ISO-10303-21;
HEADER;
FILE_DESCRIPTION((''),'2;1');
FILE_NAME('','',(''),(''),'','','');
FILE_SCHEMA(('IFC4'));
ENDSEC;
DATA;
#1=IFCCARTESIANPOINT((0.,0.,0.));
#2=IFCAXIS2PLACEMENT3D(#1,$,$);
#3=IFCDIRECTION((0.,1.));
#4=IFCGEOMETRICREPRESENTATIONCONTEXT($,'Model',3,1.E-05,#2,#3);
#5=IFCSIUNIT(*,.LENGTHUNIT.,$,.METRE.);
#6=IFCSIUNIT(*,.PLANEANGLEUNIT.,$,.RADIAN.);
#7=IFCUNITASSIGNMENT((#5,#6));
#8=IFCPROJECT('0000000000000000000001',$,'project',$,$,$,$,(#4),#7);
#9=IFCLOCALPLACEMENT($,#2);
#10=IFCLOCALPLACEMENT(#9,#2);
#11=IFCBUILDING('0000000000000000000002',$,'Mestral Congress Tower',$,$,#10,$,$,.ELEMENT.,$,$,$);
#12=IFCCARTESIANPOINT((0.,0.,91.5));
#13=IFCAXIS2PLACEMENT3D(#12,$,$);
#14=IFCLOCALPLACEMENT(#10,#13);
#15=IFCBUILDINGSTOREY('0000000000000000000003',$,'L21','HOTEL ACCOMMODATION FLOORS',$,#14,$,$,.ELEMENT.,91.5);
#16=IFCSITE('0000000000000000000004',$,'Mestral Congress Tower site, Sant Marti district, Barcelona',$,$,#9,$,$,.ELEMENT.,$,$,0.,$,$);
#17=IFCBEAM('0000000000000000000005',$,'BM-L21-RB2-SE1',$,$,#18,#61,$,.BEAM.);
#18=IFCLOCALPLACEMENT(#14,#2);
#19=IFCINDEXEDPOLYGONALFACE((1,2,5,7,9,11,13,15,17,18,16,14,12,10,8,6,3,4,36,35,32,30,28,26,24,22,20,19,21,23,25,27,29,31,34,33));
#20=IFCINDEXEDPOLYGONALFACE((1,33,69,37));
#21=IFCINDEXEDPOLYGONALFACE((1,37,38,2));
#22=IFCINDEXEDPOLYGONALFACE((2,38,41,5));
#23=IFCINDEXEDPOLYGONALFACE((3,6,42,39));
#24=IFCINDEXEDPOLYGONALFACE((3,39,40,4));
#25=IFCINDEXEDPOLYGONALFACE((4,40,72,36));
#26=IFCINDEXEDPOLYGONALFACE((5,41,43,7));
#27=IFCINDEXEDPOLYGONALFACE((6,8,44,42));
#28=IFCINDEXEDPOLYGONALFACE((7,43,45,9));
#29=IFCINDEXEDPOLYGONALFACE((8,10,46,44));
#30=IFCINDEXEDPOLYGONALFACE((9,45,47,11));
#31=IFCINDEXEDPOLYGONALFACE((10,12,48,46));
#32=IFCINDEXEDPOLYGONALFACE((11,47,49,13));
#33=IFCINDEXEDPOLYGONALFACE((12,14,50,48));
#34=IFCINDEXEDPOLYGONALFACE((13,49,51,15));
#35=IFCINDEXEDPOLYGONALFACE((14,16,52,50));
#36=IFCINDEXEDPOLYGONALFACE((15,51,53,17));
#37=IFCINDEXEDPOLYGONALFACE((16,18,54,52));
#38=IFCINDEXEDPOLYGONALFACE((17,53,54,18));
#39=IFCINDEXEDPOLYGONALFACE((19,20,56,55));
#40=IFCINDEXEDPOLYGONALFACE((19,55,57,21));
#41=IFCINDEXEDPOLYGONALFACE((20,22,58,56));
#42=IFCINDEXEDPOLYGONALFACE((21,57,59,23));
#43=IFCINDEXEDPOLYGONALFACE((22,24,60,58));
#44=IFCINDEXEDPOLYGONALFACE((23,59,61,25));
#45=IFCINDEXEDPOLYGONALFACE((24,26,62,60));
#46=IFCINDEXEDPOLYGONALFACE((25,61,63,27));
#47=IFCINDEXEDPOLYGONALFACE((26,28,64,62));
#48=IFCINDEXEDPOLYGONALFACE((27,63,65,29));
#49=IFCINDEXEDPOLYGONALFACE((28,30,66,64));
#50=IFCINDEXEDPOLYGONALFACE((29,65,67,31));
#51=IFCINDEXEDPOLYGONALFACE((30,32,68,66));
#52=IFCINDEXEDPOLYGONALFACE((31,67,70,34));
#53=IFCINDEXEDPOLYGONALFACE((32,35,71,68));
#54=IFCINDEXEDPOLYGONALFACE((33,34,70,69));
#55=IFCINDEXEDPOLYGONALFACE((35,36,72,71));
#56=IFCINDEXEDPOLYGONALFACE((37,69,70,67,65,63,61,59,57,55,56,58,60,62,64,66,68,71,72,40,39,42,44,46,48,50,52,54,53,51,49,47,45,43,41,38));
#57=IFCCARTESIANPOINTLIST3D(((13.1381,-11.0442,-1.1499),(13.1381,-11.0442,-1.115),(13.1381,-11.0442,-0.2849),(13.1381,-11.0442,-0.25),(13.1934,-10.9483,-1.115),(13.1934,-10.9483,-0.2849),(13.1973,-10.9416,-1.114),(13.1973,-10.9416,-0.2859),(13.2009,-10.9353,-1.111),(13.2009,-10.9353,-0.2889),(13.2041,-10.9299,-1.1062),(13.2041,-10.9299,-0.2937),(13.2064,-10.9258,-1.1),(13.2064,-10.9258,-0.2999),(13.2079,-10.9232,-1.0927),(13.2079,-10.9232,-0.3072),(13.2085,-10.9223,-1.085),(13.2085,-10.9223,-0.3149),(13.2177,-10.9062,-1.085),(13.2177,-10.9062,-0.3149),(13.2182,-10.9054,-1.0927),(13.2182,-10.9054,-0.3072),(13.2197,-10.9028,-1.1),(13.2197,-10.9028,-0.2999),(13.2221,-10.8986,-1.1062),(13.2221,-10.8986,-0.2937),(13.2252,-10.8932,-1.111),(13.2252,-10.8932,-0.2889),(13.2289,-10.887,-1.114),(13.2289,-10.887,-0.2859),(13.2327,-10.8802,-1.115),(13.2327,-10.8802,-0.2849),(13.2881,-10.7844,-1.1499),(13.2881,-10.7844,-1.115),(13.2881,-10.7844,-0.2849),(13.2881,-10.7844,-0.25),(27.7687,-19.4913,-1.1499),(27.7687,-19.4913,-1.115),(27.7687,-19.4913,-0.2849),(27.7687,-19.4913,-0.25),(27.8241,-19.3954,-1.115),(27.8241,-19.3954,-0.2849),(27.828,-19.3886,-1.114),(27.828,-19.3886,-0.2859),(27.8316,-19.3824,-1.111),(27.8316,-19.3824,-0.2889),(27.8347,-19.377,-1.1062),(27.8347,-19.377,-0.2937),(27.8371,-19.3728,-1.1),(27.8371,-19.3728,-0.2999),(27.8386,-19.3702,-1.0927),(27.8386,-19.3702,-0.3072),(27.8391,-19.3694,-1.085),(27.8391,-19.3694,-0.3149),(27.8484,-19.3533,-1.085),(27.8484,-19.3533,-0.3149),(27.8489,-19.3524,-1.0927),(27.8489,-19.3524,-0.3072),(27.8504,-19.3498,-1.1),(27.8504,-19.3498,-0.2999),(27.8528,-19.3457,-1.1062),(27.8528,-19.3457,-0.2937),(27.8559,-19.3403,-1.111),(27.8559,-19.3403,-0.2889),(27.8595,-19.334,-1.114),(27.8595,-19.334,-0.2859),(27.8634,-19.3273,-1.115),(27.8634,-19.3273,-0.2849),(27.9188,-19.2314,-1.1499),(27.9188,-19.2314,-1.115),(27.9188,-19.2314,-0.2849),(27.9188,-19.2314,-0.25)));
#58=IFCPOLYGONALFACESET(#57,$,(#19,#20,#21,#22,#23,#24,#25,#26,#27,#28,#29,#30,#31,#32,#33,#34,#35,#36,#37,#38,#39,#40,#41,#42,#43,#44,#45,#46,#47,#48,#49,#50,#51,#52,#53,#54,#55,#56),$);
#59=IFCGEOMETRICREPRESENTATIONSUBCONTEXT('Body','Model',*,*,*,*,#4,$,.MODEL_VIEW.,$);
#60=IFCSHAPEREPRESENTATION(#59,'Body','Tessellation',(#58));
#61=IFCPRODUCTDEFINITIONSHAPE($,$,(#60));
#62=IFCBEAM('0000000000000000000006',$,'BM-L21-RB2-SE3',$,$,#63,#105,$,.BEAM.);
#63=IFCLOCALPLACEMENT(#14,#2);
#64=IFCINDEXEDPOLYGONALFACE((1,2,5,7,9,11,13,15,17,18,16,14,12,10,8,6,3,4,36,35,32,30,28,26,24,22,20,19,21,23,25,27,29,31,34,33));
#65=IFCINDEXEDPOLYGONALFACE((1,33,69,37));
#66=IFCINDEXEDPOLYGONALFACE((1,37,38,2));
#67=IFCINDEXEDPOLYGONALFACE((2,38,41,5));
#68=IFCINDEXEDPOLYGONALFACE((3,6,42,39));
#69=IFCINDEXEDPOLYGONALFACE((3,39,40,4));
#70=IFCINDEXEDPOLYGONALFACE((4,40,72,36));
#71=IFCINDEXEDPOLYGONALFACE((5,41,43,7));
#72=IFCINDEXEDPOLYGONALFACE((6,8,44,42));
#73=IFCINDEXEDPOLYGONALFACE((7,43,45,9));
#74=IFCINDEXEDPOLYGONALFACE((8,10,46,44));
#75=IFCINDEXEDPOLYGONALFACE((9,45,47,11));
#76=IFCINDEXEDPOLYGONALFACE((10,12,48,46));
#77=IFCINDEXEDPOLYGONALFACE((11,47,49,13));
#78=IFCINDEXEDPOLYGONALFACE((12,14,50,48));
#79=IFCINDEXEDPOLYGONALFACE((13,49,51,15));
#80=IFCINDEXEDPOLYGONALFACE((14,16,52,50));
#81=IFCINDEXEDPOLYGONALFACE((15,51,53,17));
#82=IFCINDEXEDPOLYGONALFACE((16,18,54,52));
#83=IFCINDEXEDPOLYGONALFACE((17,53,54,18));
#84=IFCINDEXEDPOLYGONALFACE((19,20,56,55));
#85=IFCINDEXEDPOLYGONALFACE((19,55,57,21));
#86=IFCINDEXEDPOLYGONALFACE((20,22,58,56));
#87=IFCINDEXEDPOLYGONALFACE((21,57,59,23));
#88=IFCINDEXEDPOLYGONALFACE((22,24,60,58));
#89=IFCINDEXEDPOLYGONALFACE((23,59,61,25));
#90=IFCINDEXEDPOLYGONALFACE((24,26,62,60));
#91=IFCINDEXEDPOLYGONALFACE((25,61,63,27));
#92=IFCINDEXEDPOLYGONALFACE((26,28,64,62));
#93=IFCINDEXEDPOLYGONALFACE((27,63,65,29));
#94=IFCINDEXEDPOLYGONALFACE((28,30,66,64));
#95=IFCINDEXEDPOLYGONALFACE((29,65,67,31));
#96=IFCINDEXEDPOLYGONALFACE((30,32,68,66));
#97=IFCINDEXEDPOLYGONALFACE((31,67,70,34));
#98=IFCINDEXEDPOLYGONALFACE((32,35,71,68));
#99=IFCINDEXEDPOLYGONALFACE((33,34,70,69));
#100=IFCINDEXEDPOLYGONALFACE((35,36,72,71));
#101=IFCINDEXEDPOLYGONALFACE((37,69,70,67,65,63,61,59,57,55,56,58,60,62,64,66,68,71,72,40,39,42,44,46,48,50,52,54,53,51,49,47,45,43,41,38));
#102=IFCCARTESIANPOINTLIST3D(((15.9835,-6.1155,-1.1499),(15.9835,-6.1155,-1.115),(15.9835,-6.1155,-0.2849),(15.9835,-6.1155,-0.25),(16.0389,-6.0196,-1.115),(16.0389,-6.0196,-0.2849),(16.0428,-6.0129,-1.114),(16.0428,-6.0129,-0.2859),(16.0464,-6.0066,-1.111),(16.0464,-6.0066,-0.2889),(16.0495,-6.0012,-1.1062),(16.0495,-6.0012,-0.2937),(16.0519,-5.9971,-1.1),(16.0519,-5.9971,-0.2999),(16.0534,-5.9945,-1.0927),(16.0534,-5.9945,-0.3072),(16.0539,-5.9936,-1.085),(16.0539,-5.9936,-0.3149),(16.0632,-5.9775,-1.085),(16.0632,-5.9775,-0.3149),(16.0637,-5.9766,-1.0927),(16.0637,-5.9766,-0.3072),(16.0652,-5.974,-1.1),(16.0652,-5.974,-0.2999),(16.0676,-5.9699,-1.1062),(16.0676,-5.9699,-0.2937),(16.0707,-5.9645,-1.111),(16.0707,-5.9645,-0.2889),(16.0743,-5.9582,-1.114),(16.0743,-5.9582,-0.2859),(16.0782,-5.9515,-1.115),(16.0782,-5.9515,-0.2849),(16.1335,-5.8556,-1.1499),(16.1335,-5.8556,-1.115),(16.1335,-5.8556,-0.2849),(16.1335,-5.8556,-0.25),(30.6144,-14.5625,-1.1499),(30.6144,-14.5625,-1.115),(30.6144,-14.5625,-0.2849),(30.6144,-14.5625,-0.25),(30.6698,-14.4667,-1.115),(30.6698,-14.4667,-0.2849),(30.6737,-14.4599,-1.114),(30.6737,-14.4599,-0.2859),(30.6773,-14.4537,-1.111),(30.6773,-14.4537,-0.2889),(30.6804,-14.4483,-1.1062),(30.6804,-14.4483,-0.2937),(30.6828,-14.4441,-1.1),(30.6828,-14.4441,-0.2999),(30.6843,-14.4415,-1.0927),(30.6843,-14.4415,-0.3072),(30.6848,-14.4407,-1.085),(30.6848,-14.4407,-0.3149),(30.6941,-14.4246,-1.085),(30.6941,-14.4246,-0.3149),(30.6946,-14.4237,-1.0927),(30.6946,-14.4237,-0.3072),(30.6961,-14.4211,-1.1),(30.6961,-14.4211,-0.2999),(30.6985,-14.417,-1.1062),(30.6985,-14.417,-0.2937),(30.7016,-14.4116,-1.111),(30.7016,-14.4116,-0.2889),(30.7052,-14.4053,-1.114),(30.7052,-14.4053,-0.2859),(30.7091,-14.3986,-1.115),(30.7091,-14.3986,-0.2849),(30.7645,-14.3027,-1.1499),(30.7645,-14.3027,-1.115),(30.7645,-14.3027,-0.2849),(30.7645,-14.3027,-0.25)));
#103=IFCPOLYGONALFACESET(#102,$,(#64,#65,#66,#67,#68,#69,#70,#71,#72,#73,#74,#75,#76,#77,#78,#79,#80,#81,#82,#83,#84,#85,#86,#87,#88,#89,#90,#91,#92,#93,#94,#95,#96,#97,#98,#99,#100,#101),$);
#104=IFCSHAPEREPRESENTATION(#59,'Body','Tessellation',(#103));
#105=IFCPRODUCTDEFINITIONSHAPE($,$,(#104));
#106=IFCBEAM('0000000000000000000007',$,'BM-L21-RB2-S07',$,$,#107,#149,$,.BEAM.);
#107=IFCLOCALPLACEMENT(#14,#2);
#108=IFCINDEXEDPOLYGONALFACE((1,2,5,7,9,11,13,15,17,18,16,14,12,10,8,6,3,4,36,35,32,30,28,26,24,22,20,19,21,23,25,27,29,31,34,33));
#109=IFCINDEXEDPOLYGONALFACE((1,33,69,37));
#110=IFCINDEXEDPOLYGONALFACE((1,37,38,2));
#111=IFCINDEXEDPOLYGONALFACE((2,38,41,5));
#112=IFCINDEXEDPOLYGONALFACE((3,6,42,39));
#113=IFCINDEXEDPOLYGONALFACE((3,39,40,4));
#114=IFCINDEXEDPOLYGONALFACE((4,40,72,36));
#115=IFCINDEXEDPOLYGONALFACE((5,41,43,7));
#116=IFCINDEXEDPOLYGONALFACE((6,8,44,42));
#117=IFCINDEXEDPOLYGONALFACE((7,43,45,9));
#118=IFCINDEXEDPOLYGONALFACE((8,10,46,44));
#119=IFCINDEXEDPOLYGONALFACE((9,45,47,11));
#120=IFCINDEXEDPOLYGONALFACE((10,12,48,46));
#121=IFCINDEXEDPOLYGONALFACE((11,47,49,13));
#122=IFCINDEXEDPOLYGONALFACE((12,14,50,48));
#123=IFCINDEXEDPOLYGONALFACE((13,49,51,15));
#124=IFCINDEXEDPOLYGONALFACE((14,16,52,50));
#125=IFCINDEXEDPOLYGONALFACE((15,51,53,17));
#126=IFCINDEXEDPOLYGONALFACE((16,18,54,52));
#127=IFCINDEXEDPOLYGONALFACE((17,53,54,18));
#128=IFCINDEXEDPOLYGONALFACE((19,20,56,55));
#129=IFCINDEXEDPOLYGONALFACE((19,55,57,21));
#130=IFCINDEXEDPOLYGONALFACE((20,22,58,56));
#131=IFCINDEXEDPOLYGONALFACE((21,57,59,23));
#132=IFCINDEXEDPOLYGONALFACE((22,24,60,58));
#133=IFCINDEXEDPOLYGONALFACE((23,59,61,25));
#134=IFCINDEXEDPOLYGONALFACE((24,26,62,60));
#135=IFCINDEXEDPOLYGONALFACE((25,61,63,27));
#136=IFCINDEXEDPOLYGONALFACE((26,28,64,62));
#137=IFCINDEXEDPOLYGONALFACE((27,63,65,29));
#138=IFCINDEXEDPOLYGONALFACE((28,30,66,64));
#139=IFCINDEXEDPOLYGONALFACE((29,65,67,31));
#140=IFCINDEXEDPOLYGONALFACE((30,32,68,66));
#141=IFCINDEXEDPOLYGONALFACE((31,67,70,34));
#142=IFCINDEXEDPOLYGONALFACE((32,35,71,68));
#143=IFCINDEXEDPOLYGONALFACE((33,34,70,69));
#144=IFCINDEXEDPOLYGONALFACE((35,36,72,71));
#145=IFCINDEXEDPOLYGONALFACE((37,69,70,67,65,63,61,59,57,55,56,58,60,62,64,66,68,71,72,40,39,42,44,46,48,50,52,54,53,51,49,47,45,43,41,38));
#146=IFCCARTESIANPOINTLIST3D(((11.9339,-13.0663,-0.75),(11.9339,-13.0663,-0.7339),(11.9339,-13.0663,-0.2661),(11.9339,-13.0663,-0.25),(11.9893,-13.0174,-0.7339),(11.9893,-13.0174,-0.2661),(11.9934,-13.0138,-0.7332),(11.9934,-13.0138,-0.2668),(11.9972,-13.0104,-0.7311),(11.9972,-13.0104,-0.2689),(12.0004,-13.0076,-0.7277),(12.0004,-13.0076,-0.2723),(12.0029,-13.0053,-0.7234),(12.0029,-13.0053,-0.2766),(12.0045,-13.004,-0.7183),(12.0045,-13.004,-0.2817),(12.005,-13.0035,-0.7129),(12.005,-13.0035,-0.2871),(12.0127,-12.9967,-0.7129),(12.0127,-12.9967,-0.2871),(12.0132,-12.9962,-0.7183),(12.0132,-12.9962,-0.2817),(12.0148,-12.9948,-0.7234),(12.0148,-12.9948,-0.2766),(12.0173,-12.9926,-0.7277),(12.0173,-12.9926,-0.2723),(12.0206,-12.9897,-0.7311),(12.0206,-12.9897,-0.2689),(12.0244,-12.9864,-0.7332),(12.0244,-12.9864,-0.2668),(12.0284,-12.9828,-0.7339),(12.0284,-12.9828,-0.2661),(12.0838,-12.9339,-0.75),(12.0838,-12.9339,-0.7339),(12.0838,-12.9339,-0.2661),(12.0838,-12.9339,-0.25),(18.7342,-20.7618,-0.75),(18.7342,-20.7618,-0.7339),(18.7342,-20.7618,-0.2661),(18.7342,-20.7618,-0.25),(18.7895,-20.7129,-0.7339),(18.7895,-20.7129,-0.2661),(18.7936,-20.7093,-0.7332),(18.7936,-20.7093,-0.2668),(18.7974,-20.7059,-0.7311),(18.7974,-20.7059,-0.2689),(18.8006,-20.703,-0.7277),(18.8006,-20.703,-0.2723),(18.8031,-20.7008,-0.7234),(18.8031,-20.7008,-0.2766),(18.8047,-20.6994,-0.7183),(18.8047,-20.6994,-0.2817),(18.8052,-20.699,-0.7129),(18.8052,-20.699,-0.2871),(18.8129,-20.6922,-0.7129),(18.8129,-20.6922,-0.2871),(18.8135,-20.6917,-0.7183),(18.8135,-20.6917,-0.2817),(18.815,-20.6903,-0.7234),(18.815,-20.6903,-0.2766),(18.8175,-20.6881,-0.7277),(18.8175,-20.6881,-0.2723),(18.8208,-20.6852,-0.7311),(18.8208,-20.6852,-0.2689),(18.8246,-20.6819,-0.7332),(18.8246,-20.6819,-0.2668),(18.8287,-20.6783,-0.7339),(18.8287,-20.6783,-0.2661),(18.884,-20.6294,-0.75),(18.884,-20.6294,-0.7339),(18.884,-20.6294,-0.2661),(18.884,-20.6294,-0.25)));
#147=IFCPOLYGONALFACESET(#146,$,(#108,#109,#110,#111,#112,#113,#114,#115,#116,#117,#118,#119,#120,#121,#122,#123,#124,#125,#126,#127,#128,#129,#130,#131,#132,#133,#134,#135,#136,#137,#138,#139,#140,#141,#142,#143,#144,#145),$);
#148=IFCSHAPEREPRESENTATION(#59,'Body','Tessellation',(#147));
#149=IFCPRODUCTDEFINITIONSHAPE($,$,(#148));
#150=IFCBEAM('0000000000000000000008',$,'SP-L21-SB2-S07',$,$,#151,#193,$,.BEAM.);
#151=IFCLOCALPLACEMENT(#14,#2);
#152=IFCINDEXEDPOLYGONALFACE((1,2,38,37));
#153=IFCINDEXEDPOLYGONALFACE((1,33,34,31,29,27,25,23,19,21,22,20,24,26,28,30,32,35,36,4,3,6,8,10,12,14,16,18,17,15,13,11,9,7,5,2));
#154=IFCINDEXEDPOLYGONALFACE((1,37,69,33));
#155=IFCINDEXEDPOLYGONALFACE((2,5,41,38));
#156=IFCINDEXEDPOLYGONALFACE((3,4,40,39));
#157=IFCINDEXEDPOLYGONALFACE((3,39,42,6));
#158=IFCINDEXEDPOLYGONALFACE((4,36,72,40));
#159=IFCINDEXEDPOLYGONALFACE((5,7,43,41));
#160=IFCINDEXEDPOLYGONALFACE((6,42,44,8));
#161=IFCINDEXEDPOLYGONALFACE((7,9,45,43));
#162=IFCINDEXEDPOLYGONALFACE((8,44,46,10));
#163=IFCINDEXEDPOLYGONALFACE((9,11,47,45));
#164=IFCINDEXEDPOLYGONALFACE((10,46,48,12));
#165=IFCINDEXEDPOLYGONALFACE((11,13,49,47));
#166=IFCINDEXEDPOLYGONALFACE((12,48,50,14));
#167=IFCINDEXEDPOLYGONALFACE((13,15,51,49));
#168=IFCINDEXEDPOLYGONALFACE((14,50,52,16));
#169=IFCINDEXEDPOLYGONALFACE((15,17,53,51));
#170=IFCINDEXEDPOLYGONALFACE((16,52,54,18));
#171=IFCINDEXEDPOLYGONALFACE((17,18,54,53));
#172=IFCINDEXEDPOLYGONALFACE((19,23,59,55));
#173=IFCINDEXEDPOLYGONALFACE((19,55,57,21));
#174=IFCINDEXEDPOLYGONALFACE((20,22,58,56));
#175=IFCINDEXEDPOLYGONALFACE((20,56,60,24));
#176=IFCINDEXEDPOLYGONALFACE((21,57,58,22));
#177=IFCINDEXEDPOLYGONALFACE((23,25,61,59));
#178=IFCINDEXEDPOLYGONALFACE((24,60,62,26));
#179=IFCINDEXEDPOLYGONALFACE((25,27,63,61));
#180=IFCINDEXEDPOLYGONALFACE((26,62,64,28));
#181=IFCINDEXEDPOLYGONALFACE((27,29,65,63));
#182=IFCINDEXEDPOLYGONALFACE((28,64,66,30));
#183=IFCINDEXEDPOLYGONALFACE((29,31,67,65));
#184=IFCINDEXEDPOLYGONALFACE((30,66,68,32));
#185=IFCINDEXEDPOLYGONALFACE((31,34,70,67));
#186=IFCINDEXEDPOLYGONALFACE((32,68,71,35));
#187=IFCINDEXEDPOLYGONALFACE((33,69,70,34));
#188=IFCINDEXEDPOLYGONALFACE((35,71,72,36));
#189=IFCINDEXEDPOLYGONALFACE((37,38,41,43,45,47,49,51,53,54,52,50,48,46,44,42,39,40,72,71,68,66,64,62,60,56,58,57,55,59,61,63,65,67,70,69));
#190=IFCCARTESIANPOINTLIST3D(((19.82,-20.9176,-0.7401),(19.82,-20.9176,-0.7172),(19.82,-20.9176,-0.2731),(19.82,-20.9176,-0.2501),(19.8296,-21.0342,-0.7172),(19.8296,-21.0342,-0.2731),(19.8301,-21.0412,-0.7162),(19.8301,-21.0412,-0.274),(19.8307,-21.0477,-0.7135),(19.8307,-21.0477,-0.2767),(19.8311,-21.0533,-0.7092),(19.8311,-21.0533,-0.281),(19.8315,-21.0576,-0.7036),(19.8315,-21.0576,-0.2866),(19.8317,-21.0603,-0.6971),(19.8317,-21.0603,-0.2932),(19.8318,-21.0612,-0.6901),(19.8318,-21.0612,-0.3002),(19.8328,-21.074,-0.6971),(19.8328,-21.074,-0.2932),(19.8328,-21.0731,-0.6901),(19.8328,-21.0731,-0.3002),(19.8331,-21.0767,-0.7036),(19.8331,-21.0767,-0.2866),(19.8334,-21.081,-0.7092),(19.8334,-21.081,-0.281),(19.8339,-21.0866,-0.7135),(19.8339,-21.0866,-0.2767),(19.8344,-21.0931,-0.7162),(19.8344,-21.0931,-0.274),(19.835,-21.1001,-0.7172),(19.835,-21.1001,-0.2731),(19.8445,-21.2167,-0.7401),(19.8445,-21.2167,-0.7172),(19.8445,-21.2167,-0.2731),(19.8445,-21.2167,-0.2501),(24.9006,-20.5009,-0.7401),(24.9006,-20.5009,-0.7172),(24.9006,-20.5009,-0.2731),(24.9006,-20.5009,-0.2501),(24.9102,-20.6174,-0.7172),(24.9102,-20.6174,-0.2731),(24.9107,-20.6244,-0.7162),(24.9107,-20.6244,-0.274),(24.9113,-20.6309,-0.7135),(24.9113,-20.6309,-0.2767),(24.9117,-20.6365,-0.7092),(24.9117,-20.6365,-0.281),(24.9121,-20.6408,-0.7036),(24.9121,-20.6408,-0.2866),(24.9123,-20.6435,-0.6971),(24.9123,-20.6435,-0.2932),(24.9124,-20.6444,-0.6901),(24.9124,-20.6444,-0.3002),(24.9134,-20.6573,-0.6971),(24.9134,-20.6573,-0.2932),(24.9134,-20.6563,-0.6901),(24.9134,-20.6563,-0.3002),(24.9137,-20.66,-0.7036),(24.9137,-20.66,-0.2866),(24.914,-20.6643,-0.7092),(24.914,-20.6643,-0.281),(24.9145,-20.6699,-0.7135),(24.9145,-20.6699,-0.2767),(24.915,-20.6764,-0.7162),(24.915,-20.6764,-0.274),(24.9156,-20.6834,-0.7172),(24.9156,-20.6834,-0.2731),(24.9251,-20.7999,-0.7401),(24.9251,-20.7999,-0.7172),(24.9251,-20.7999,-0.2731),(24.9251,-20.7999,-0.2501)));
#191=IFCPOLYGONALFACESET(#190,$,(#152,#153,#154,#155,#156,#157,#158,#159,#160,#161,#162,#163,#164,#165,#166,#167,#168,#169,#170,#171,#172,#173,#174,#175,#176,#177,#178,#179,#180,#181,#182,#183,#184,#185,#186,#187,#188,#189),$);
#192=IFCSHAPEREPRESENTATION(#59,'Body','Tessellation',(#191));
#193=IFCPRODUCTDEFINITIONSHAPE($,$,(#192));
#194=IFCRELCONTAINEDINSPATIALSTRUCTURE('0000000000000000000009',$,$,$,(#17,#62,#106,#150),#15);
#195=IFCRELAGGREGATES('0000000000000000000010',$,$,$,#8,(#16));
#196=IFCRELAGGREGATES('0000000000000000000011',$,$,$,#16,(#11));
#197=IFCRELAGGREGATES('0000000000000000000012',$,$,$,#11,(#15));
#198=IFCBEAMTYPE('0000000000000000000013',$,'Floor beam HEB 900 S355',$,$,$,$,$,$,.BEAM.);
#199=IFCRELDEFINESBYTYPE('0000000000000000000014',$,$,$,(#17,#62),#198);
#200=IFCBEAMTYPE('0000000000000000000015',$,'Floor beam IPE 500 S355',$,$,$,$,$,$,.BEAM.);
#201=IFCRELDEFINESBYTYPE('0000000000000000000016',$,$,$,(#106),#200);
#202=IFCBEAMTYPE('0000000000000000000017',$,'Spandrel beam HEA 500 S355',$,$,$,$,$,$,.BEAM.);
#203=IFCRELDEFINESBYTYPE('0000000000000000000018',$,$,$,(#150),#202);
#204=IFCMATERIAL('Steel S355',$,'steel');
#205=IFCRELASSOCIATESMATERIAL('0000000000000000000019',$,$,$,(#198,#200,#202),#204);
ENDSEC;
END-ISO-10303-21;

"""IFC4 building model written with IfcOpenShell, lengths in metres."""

from ifc_helpers import new_model, si_unit, direction, frame, origin, origin_2d, place, context, subcontext, project, spatial, i_section, extrude, material, material_profile, profile_set, type_object, element, save


model = new_model("IFC4")

# Units and contexts
model_context = context("Model", 3, precision=1e-05, world=origin(), true_north=direction((0.0, 1.0)))
body_context = subcontext(model_context, "Body", "Model", "MODEL_VIEW")
ifc_project = project(units=[si_unit("LENGTHUNIT", "METRE"), si_unit("PLANEANGLEUNIT", "RADIAN")], contexts=[model_context])

# Site, building, storey
site_placement = place(None, origin())
site = spatial("IfcSite", under=ifc_project, at=site_placement, Name="Mestral Congress Tower site, Sant Marti district, Barcelona", CompositionType="ELEMENT", RefElevation=0.0)
building_placement = place(site_placement, origin())
building = spatial("IfcBuilding", under=site, at=building_placement, Name="Mestral Congress Tower", CompositionType="ELEMENT")
storey_placement = place(building_placement, frame((0.0, 0.0, 91.5)))
storey = spatial("IfcBuildingStorey", under=building, at=storey_placement, Name="L21", Description="HOTEL ACCOMMODATION FLOORS", CompositionType="ELEMENT", Elevation=91.5)

# Beams
ifc_material_1 = material(Name="Steel S355", Category="steel")
ifc_material_profile_1 = material_profile(ifc_material_1, i_section(OverallWidth=0.3, OverallDepth=0.8999, WebThickness=0.0186, FlangeThickness=0.0349, FilletRadius=0.03, at=origin_2d()), Name="HEB 900")
ifc_profile_set_1 = profile_set([ifc_material_profile_1], Name="Steel S355")
beam_type_1 = type_object("IfcBeamType", Name="Floor beam HEB 900 S355", PredefinedType="BEAM", material=ifc_profile_set_1)
beam_1_placement = place(storey_placement, frame((27.8438, -19.3613, -0.7), z_axis=(-0.866025, 0.500001, 0.0), x_axis=(-0.500001, -0.866025, 0.0)))
element("IfcBeam", 1, at=beam_1_placement, inside=storey, type_object=beam_type_1, Name="BM-L21-RB2-SE1", PredefinedType="BEAM", context=body_context, shape_type="SweptSolid", body=[
    extrude(i_section(OverallWidth=0.3, OverallDepth=0.8999, WebThickness=0.0186, FlangeThickness=0.0349, FilletRadius=0.03, at=origin_2d()), origin(), (0.0, 0.0, 1.0), 16.894),
])
beam_2_placement = place(storey_placement, frame((30.6895, -14.4326, -0.7), z_axis=(-0.866028, 0.499995, 0.0), x_axis=(-0.499995, -0.866028, 0.0)))
element("IfcBeam", 2, at=beam_2_placement, inside=storey, type_object=beam_type_1, Name="BM-L21-RB2-SE3", PredefinedType="BEAM", context=body_context, shape_type="SweptSolid", body=[
    extrude(i_section(OverallWidth=0.3, OverallDepth=0.8999, WebThickness=0.0186, FlangeThickness=0.0349, FilletRadius=0.03, at=origin_2d()), origin(), (0.0, 0.0, 1.0), 16.8943),
])
ifc_material_profile_2 = material_profile(ifc_material_1, i_section(OverallWidth=0.2, OverallDepth=0.5, WebThickness=0.0103, FlangeThickness=0.0161, FilletRadius=0.021, at=origin_2d()), Name="IPE 500")
ifc_profile_set_2 = profile_set([ifc_material_profile_2], Name="Steel S355")
beam_type_2 = type_object("IfcBeamType", Name="Floor beam IPE 500 S355", PredefinedType="BEAM", material=ifc_profile_set_2)
beam_3_placement = place(storey_placement, frame((18.8091, -20.6956, -0.5), z_axis=(-0.662174, 0.74935, 0.0), x_axis=(-0.74935, -0.662174, 0.0)))
element("IfcBeam", 3, at=beam_3_placement, inside=storey, type_object=beam_type_2, Name="BM-L21-RB2-S07", PredefinedType="BEAM", context=body_context, shape_type="SweptSolid", body=[
    extrude(i_section(OverallWidth=0.2, OverallDepth=0.5, WebThickness=0.0103, FlangeThickness=0.0161, FilletRadius=0.021, at=origin_2d()), origin(), (0.0, 0.0, 1.0), 10.2695),
])
ifc_material_profile_3 = material_profile(ifc_material_1, i_section(OverallWidth=0.3, OverallDepth=0.49, WebThickness=0.012, FlangeThickness=0.0229, FilletRadius=0.0271, at=origin_2d()), Name="HEA 500")
ifc_profile_set_3 = profile_set([ifc_material_profile_3], Name="Steel S355")
beam_type_3 = type_object("IfcBeamType", Name="Spandrel beam HEA 500 S355", PredefinedType="BEAM", material=ifc_profile_set_3)
beam_4_placement = place(storey_placement, frame((19.8323, -21.0671, -0.4951), z_axis=(0.996653, 0.081753, 0.0), x_axis=(-0.081753, 0.996653, 0.0)))
element("IfcBeam", 4, at=beam_4_placement, inside=storey, type_object=beam_type_3, Name="SP-L21-SB2-S07", PredefinedType="BEAM", context=body_context, shape_type="SweptSolid", body=[
    extrude(i_section(OverallWidth=0.3, OverallDepth=0.49, WebThickness=0.012, FlangeThickness=0.0229, FilletRadius=0.0271, at=origin_2d()), origin(), (0.0, 0.0, 1.0), 5.0977),
])

save(model, "model.ifc")
